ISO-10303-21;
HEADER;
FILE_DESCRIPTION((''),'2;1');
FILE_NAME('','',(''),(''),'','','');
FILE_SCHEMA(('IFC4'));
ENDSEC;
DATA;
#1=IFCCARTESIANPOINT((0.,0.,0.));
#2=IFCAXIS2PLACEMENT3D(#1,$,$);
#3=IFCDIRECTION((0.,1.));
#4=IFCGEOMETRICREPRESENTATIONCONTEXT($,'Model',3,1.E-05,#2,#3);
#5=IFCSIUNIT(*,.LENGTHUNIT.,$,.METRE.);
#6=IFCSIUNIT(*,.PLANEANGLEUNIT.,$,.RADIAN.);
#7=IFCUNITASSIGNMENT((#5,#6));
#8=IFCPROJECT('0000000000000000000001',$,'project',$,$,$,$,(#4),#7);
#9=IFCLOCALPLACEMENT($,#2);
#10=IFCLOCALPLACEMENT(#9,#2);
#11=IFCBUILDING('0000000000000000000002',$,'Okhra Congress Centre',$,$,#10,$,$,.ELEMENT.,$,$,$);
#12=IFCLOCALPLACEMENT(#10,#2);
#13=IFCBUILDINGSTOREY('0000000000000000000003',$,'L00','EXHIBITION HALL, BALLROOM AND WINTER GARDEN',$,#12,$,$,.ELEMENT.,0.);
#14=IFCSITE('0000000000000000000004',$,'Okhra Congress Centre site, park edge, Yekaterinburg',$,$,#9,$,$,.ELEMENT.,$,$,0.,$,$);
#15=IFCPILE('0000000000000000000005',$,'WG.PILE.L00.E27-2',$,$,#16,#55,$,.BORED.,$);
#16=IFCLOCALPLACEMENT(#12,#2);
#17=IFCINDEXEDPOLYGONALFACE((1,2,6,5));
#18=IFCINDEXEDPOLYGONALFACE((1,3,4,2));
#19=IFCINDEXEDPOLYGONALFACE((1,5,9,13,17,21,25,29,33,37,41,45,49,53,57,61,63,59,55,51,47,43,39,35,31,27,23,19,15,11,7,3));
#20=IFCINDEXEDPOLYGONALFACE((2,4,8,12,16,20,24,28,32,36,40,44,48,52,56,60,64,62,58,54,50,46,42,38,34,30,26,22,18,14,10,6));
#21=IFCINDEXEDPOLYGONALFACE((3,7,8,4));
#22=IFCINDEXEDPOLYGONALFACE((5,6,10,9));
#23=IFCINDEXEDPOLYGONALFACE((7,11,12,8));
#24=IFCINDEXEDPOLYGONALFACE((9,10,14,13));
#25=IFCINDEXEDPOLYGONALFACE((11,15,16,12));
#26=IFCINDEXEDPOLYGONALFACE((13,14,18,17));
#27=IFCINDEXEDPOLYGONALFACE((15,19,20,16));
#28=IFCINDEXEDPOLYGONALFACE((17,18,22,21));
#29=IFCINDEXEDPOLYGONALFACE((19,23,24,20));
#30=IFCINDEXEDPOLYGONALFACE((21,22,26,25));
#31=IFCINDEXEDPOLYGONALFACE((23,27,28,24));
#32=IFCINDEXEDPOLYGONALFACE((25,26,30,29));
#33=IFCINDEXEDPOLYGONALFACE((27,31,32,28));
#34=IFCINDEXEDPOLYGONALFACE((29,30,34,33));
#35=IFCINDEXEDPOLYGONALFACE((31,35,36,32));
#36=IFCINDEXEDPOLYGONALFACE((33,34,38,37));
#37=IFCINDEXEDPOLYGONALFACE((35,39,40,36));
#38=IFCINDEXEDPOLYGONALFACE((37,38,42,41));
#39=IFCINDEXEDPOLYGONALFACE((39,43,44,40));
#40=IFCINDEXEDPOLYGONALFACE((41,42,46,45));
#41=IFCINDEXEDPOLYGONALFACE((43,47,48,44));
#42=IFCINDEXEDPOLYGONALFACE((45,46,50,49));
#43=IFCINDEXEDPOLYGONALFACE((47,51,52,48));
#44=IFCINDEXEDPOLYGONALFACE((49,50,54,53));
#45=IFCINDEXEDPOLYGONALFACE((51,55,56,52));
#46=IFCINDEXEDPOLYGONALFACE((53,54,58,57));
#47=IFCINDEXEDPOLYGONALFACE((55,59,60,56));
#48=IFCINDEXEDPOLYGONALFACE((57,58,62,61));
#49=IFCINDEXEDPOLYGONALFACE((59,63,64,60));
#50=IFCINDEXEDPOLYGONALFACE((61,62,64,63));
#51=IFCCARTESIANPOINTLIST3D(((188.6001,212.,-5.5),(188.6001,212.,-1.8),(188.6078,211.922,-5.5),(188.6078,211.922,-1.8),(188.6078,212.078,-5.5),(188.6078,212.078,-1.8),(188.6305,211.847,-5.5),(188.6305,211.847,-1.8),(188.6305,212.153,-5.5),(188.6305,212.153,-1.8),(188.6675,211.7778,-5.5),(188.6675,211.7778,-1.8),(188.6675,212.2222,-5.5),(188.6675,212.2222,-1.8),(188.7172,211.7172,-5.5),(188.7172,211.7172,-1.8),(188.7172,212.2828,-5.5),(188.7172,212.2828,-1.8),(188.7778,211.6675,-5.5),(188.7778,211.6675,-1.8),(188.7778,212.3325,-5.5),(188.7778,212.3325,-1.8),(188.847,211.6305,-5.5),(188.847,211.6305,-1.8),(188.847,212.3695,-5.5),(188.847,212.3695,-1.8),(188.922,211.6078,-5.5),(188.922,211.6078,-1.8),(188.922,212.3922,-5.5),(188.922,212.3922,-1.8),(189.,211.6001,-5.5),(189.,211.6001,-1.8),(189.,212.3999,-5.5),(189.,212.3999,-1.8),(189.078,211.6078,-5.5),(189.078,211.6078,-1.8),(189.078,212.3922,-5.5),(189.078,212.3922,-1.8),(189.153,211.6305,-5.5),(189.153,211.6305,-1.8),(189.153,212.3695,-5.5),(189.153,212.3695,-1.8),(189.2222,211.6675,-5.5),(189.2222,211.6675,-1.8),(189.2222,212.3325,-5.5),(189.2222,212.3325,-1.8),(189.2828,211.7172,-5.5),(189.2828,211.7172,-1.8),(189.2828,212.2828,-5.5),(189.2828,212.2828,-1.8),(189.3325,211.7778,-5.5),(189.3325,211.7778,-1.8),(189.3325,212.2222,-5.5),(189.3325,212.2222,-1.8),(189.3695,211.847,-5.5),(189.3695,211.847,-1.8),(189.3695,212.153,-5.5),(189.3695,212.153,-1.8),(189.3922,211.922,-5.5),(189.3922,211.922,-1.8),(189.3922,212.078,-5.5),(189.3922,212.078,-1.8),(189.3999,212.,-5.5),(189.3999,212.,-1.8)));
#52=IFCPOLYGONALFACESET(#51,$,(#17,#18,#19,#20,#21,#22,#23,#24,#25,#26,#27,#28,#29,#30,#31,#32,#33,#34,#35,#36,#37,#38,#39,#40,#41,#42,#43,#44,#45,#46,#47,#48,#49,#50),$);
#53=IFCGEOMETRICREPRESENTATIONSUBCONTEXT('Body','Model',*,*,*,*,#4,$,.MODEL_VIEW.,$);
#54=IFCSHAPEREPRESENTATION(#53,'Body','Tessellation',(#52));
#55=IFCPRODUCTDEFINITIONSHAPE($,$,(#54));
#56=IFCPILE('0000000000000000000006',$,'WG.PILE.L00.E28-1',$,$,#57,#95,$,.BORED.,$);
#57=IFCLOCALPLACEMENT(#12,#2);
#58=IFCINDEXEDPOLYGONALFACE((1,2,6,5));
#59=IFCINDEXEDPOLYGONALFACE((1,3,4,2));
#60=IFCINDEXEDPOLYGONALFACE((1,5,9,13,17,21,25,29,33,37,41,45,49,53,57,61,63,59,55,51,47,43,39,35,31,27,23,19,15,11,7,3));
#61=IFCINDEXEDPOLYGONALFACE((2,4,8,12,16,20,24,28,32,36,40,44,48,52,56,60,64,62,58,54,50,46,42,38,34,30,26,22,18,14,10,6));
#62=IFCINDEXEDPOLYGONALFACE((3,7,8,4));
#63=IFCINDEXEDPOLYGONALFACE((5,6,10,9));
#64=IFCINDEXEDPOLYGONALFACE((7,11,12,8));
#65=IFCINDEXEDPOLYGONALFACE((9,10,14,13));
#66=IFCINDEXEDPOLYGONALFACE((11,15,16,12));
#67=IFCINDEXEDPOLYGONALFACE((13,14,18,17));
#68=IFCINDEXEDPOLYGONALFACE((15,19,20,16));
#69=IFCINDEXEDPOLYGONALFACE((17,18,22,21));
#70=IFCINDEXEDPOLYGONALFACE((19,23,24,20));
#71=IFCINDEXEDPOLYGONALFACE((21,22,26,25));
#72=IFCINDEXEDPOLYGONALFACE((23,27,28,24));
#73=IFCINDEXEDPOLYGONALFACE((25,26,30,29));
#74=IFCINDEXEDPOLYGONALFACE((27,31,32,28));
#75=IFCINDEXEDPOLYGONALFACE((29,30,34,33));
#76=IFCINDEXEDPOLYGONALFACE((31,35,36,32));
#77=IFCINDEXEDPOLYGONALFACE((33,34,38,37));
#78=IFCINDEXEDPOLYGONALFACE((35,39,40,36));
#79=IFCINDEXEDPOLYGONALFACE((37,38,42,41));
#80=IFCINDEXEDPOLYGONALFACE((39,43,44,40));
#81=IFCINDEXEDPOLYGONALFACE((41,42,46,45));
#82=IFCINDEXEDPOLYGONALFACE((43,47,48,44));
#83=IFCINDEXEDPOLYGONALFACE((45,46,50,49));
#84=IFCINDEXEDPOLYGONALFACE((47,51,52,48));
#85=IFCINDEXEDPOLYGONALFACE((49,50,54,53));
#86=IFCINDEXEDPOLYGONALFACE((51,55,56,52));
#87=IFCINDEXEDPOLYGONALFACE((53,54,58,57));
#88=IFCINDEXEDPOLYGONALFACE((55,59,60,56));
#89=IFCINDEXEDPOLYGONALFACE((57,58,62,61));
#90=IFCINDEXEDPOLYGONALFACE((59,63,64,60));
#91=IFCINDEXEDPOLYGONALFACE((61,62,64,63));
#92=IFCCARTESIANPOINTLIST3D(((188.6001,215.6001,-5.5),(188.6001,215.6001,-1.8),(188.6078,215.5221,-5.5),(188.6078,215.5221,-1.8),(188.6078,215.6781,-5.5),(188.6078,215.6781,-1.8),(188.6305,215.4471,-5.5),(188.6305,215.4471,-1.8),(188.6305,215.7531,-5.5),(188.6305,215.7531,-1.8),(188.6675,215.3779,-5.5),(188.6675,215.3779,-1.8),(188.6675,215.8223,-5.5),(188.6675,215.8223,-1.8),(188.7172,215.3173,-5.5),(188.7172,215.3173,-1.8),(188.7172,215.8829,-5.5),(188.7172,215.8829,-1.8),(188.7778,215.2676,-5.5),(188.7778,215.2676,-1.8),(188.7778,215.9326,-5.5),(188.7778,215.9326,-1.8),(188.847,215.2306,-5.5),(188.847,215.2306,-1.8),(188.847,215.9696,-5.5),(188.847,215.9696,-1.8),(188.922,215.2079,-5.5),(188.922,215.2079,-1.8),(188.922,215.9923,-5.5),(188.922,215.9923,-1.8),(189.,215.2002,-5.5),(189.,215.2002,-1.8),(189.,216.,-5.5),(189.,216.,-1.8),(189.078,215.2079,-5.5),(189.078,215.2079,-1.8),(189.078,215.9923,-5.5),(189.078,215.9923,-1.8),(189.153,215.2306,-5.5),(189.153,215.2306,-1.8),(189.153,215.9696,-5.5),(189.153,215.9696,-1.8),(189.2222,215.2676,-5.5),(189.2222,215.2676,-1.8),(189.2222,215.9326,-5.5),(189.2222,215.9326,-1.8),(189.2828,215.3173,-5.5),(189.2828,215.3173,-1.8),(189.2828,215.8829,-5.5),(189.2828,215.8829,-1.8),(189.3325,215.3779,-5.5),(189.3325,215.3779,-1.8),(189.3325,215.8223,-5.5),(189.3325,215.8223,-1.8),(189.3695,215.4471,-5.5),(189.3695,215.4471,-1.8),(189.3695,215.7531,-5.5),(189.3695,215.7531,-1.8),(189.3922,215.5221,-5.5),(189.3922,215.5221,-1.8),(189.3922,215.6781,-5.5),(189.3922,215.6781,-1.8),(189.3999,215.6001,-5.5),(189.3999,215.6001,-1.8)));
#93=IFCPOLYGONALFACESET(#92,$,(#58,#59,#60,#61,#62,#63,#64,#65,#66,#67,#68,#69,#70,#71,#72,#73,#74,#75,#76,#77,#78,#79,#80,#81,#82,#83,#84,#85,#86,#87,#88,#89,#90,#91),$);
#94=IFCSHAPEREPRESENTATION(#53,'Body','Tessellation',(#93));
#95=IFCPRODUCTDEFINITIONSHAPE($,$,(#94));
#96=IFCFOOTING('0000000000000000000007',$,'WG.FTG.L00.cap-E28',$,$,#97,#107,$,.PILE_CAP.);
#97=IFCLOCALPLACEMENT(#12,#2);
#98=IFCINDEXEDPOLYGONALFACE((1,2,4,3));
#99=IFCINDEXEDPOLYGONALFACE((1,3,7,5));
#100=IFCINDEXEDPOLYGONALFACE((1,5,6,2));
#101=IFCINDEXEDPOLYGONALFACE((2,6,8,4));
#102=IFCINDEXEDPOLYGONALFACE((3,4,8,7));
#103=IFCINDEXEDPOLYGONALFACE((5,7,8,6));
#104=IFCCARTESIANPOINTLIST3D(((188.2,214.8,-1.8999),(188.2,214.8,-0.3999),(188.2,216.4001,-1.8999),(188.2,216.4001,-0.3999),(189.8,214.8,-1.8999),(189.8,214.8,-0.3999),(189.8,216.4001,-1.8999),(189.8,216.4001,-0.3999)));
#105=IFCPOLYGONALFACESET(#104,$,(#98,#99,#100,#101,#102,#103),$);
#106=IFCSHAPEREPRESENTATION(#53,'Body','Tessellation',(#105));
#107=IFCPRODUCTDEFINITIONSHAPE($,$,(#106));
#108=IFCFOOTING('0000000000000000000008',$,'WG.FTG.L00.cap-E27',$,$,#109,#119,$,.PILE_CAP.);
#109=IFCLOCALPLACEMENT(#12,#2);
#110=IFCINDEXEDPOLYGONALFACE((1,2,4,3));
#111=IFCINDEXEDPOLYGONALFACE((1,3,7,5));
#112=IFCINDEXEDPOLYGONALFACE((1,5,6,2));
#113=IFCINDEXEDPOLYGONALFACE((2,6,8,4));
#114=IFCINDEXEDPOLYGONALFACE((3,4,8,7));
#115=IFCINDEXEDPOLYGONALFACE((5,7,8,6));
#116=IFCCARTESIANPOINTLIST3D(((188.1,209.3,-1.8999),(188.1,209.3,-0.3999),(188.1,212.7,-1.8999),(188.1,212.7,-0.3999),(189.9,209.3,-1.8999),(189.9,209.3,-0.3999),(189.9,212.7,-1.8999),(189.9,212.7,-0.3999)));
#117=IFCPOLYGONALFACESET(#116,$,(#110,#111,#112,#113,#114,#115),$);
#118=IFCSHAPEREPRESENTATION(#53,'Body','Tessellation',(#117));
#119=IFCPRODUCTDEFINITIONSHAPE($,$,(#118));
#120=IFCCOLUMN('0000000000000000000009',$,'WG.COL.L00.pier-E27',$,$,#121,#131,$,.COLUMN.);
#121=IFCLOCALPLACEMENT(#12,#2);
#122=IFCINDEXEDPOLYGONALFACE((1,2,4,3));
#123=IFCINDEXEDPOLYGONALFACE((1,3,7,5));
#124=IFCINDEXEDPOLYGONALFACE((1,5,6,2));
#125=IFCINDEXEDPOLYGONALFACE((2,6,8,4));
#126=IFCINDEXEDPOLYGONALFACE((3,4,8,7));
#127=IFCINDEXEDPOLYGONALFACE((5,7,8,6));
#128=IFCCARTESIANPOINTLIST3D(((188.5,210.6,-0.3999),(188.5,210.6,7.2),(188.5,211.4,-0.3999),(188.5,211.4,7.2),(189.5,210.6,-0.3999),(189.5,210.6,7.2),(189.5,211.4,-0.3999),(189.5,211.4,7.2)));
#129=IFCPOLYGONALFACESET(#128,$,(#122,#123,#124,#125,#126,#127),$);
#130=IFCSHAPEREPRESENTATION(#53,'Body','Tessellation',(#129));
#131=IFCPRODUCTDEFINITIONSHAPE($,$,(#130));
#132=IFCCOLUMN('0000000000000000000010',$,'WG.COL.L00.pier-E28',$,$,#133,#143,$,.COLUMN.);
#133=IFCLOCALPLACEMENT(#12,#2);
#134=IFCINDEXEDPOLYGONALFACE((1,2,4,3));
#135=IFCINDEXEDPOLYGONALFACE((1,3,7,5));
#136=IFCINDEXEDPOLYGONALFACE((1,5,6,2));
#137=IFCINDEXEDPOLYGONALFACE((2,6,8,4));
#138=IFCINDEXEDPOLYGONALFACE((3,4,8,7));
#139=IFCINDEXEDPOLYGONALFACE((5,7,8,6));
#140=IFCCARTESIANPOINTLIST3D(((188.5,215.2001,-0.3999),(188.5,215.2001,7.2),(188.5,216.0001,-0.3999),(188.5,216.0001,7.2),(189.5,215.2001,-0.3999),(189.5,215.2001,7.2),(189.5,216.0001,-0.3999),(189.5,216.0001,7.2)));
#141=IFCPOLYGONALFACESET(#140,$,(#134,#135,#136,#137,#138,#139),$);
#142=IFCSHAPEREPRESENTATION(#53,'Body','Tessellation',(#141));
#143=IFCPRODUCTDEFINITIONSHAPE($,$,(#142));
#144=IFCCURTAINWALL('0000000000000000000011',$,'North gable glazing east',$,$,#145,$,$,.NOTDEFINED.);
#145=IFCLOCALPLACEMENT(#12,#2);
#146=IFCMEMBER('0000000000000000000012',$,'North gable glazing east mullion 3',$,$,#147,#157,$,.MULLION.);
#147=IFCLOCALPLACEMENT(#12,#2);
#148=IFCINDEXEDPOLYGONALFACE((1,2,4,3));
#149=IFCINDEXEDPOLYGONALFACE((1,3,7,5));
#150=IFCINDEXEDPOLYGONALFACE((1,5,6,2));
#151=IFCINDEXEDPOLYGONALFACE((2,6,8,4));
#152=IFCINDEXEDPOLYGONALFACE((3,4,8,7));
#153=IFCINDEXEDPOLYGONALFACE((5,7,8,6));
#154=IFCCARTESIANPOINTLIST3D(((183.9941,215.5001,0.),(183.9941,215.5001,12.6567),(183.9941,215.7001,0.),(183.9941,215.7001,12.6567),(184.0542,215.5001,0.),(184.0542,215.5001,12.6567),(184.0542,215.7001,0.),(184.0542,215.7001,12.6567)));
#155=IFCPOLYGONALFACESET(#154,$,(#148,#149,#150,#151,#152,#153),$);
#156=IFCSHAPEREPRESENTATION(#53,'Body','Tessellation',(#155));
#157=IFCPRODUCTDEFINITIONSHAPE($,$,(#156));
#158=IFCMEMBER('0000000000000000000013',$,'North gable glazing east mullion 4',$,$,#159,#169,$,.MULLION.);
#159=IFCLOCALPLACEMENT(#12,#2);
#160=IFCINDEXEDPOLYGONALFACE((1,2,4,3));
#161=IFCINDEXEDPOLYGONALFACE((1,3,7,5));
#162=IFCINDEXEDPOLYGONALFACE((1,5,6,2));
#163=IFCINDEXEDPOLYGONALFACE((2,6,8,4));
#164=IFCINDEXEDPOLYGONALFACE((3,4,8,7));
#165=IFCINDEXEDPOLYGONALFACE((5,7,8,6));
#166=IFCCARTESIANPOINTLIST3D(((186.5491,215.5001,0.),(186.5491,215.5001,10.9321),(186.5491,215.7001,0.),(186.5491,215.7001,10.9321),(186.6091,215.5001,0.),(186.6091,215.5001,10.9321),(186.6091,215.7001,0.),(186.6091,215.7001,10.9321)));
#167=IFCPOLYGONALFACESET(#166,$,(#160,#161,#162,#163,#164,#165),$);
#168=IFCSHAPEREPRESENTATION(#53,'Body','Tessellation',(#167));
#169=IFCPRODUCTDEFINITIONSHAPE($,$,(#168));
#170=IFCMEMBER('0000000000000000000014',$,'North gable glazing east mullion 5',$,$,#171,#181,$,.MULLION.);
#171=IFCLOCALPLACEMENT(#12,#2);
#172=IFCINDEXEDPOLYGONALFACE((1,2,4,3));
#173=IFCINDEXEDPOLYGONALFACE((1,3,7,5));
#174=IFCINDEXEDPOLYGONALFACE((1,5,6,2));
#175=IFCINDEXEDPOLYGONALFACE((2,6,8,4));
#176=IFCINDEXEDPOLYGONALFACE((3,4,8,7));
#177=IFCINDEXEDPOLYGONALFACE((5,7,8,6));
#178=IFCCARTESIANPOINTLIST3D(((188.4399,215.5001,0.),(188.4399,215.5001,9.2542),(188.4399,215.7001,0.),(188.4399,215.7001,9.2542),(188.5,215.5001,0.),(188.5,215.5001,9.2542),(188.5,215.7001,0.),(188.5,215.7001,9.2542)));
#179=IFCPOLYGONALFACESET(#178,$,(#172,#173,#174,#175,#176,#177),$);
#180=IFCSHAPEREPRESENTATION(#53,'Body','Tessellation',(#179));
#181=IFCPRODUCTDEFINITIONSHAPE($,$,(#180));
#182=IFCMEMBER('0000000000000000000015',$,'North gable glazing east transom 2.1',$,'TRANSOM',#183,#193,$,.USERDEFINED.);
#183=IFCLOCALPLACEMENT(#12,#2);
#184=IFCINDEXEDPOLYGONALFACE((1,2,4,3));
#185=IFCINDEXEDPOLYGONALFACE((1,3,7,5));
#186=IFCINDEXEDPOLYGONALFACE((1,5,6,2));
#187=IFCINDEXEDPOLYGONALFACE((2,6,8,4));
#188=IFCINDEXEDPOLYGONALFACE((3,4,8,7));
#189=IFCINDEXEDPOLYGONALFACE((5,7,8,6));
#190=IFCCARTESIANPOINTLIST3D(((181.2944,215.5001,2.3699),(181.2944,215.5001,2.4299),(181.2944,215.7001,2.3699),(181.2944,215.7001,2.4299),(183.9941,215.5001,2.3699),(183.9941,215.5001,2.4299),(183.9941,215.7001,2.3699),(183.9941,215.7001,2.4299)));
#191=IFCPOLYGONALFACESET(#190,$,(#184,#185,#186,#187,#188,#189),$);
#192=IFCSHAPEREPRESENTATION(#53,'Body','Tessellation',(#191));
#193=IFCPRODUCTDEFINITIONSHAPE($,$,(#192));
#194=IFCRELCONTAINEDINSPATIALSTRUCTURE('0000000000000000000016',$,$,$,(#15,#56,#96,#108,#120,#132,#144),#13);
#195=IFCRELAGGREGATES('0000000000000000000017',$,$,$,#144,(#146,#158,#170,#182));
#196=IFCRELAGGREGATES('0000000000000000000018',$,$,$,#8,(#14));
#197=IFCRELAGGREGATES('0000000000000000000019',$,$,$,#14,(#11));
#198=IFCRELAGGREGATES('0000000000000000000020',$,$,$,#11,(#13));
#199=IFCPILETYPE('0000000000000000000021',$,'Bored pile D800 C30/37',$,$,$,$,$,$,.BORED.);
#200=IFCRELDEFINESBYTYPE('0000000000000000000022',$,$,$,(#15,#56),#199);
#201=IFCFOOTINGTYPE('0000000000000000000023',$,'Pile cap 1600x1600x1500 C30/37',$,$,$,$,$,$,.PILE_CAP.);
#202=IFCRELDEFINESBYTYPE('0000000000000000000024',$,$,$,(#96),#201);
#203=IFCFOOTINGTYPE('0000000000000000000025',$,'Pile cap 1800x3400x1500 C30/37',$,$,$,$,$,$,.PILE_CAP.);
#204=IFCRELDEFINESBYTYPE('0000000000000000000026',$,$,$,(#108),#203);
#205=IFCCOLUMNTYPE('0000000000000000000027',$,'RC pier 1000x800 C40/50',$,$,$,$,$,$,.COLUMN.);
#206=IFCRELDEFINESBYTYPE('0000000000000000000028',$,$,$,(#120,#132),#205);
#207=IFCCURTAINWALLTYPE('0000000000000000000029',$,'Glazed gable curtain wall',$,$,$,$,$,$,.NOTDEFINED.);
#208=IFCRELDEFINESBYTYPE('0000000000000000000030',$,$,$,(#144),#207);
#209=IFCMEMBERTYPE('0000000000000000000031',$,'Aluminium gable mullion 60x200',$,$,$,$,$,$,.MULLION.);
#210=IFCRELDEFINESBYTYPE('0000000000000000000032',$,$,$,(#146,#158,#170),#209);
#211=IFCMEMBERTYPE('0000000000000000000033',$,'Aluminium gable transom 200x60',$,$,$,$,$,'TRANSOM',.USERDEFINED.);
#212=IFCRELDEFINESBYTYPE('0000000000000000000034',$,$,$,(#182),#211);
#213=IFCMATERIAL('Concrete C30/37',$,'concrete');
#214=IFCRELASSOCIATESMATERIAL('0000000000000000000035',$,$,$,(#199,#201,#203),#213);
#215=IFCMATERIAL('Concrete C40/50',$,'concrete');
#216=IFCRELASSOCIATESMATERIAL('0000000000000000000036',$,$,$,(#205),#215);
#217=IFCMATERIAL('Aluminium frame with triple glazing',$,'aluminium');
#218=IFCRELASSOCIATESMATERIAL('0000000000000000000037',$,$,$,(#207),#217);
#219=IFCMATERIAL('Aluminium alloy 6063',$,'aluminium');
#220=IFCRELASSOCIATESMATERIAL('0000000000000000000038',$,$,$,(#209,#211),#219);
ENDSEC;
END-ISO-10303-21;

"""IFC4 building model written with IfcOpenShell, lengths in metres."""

from ifc_helpers import new_model, si_unit, direction, frame, origin, origin_2d, place, context, subcontext, project, spatial, rectangle, circle, extrude, material, material_profile, profile_set, type_object, element, aggregate, save


model = new_model("IFC4")

# Units and contexts
model_context = context("Model", 3, precision=1e-05, world=origin(), true_north=direction((0.0, 1.0)))
body_context = subcontext(model_context, "Body", "Model", "MODEL_VIEW")
ifc_project = project(units=[si_unit("LENGTHUNIT", "METRE"), si_unit("PLANEANGLEUNIT", "RADIAN")], contexts=[model_context])

# Site, building, storey
site_placement = place(None, origin())
site = spatial("IfcSite", under=ifc_project, at=site_placement, Name="Okhra Congress Centre site, park edge, Yekaterinburg", CompositionType="ELEMENT", RefElevation=0.0)
building_placement = place(site_placement, origin())
building = spatial("IfcBuilding", under=site, at=building_placement, Name="Okhra Congress Centre", CompositionType="ELEMENT")
storey_placement = place(building_placement, origin())
storey = spatial("IfcBuildingStorey", under=building, at=storey_placement, Name="L00", Description="EXHIBITION HALL, BALLROOM AND WINTER GARDEN", CompositionType="ELEMENT", Elevation=0.0)

# Piles
ifc_material_1 = material(Name="Concrete C30/37", Category="concrete")
ifc_material_profile_1 = material_profile(ifc_material_1, circle(Radius=0.3999, at=origin_2d()), Name="D800")
ifc_profile_set_1 = profile_set([ifc_material_profile_1], Name="Concrete C30/37")
pile_type = type_object("IfcPileType", Name="Bored pile D800 C30/37", PredefinedType="BORED", material=ifc_profile_set_1)
for number, where, z_axis, x_axis, name in (
    (1, (189.0, 212.0, -1.8), (0.0, 0.0, -1.0), (1.0, 0.0, 0.0), "WG.PILE.L00.E27-2"),
    (2, (189.0, 215.6001, -1.8), (0.0, 0.0, -1.0), (1.0, 0.0, 0.0), "WG.PILE.L00.E28-1"),
):
    element("IfcPile", number, at=place(storey_placement, frame(where, z_axis=z_axis, x_axis=x_axis)), inside=storey, type_object=pile_type, Name=name, PredefinedType="BORED", context=body_context, shape_type="SweptSolid", body=[
        extrude(circle(Radius=0.3999, at=origin_2d()), origin(), (0.0, 0.0, 1.0), 3.7),
    ])

# Footings
footing_type_1 = type_object("IfcFootingType", Name="Pile cap 1600x1600x1500 C30/37", PredefinedType="PILE_CAP", material=ifc_material_1)
footing_1_placement = place(storey_placement, frame((189.0, 215.6001, -1.8999), z_axis=(0.0, 0.0, 1.0), x_axis=(1.0, 0.0, 0.0)))
element("IfcFooting", 3, at=footing_1_placement, inside=storey, type_object=footing_type_1, Name="WG.FTG.L00.cap-E28", PredefinedType="PILE_CAP", context=body_context, shape_type="SweptSolid", body=[
    extrude(rectangle(XDim=1.6001, YDim=1.6001, at=origin_2d()), origin(), (0.0, 0.0, 1.0), 1.5),
])
footing_type_2 = type_object("IfcFootingType", Name="Pile cap 1800x3400x1500 C30/37", PredefinedType="PILE_CAP", material=ifc_material_1)
footing_2_placement = place(storey_placement, frame((189.0, 211.0, -1.8999), z_axis=(0.0, 0.0, 1.0), x_axis=(1.0, 0.0, 0.0)))
element("IfcFooting", 4, at=footing_2_placement, inside=storey, type_object=footing_type_2, Name="WG.FTG.L00.cap-E27", PredefinedType="PILE_CAP", context=body_context, shape_type="SweptSolid", body=[
    extrude(rectangle(XDim=1.8, YDim=3.3999, at=origin_2d()), origin(), (0.0, 0.0, 1.0), 1.5),
])

# Columns
ifc_material_2 = material(Name="Concrete C40/50", Category="concrete")
ifc_material_profile_2 = material_profile(ifc_material_2, rectangle(XDim=1.0, YDim=0.8, at=origin_2d()), Name="RC 1000x800")
ifc_profile_set_2 = profile_set([ifc_material_profile_2], Name="Concrete C40/50")
column_type = type_object("IfcColumnType", Name="RC pier 1000x800 C40/50", PredefinedType="COLUMN", material=ifc_profile_set_2)
for number, where, z_axis, x_axis, name in (
    (5, (189.0, 211.0, -0.3999), (0.0, 0.0, 1.0), (1.0, 0.0, 0.0), "WG.COL.L00.pier-E27"),
    (6, (189.0, 215.6001, -0.3999), (0.0, 0.0, 1.0), (1.0, 0.0, 0.0), "WG.COL.L00.pier-E28"),
):
    element("IfcColumn", number, at=place(storey_placement, frame(where, z_axis=z_axis, x_axis=x_axis)), inside=storey, type_object=column_type, Name=name, PredefinedType="COLUMN", context=body_context, shape_type="SweptSolid", body=[
        extrude(rectangle(XDim=1.0, YDim=0.8, at=origin_2d()), origin(), (0.0, 0.0, 1.0), 7.5999),
    ])

# Curtain wall, members
ifc_material_3 = material(Name="Aluminium frame with triple glazing", Category="aluminium")
curtain_wall_type_1 = type_object("IfcCurtainWallType", Name="Glazed gable curtain wall", PredefinedType="NOTDEFINED", material=ifc_material_3)
curtain_wall_1_placement = place(storey_placement, origin())
curtain_wall_1 = element("IfcCurtainWall", 7, at=curtain_wall_1_placement, inside=storey, type_object=curtain_wall_type_1, Name="North gable glazing east", PredefinedType="NOTDEFINED")
ifc_material_4 = material(Name="Aluminium alloy 6063", Category="aluminium")
ifc_material_profile_3 = material_profile(ifc_material_4, rectangle(XDim=0.0601, YDim=0.2, at=origin_2d()), Name="AL 60x200 gable")
ifc_profile_set_3 = profile_set([ifc_material_profile_3], Name="Aluminium alloy 6063")
member_type_1 = type_object("IfcMemberType", Name="Aluminium gable mullion 60x200", PredefinedType="MULLION", material=ifc_profile_set_3)
member_1_placement = place(storey_placement, frame((184.0242, 215.6001, 0.0), z_axis=(0.0, 0.0, 1.0), x_axis=(1.0, 0.0, 0.0)))
member_1 = element("IfcMember", 8, at=member_1_placement, type_object=member_type_1, Name="North gable glazing east mullion 3", PredefinedType="MULLION", context=body_context, shape_type="SweptSolid", body=[
    extrude(rectangle(XDim=0.0601, YDim=0.2, at=origin_2d()), origin(), (0.0, 0.0, 1.0), 12.6567),
])
member_2_placement = place(storey_placement, frame((186.5791, 215.6001, 0.0), z_axis=(0.0, 0.0, 1.0), x_axis=(1.0, 0.0, 0.0)))
member_2 = element("IfcMember", 9, at=member_2_placement, type_object=member_type_1, Name="North gable glazing east mullion 4", PredefinedType="MULLION", context=body_context, shape_type="SweptSolid", body=[
    extrude(rectangle(XDim=0.0601, YDim=0.2, at=origin_2d()), origin(), (0.0, 0.0, 1.0), 10.9321),
])
member_3_placement = place(storey_placement, frame((188.47, 215.6001, 0.0), z_axis=(0.0, 0.0, 1.0), x_axis=(1.0, 0.0, 0.0)))
member_3 = element("IfcMember", 10, at=member_3_placement, type_object=member_type_1, Name="North gable glazing east mullion 5", PredefinedType="MULLION", context=body_context, shape_type="SweptSolid", body=[
    extrude(rectangle(XDim=0.0601, YDim=0.2, at=origin_2d()), origin(), (0.0, 0.0, 1.0), 9.2542),
])
ifc_material_profile_4 = material_profile(ifc_material_4, rectangle(XDim=0.2, YDim=0.0601, at=origin_2d()), Name="AL 200x60 gable transom")
ifc_profile_set_4 = profile_set([ifc_material_profile_4], Name="Aluminium alloy 6063")
member_type_2 = type_object("IfcMemberType", Name="Aluminium gable transom 200x60", ElementType="TRANSOM", PredefinedType="USERDEFINED", material=ifc_profile_set_4)
member_4_placement = place(storey_placement, frame((181.2944, 215.6001, 2.3999), z_axis=(1.0, 0.0, 0.0), x_axis=(0.0, 1.0, 0.0)))
member_4 = element("IfcMember", 11, at=member_4_placement, type_object=member_type_2, Name="North gable glazing east transom 2.1", ObjectType="TRANSOM", PredefinedType="USERDEFINED", context=body_context, shape_type="SweptSolid", body=[
    extrude(rectangle(XDim=0.2, YDim=0.0601, at=origin_2d()), origin(), (0.0, 0.0, 1.0), 2.6997),
])

aggregate(curtain_wall_1, [member_1, member_2, member_3, member_4])

save(model, "model.ifc")
